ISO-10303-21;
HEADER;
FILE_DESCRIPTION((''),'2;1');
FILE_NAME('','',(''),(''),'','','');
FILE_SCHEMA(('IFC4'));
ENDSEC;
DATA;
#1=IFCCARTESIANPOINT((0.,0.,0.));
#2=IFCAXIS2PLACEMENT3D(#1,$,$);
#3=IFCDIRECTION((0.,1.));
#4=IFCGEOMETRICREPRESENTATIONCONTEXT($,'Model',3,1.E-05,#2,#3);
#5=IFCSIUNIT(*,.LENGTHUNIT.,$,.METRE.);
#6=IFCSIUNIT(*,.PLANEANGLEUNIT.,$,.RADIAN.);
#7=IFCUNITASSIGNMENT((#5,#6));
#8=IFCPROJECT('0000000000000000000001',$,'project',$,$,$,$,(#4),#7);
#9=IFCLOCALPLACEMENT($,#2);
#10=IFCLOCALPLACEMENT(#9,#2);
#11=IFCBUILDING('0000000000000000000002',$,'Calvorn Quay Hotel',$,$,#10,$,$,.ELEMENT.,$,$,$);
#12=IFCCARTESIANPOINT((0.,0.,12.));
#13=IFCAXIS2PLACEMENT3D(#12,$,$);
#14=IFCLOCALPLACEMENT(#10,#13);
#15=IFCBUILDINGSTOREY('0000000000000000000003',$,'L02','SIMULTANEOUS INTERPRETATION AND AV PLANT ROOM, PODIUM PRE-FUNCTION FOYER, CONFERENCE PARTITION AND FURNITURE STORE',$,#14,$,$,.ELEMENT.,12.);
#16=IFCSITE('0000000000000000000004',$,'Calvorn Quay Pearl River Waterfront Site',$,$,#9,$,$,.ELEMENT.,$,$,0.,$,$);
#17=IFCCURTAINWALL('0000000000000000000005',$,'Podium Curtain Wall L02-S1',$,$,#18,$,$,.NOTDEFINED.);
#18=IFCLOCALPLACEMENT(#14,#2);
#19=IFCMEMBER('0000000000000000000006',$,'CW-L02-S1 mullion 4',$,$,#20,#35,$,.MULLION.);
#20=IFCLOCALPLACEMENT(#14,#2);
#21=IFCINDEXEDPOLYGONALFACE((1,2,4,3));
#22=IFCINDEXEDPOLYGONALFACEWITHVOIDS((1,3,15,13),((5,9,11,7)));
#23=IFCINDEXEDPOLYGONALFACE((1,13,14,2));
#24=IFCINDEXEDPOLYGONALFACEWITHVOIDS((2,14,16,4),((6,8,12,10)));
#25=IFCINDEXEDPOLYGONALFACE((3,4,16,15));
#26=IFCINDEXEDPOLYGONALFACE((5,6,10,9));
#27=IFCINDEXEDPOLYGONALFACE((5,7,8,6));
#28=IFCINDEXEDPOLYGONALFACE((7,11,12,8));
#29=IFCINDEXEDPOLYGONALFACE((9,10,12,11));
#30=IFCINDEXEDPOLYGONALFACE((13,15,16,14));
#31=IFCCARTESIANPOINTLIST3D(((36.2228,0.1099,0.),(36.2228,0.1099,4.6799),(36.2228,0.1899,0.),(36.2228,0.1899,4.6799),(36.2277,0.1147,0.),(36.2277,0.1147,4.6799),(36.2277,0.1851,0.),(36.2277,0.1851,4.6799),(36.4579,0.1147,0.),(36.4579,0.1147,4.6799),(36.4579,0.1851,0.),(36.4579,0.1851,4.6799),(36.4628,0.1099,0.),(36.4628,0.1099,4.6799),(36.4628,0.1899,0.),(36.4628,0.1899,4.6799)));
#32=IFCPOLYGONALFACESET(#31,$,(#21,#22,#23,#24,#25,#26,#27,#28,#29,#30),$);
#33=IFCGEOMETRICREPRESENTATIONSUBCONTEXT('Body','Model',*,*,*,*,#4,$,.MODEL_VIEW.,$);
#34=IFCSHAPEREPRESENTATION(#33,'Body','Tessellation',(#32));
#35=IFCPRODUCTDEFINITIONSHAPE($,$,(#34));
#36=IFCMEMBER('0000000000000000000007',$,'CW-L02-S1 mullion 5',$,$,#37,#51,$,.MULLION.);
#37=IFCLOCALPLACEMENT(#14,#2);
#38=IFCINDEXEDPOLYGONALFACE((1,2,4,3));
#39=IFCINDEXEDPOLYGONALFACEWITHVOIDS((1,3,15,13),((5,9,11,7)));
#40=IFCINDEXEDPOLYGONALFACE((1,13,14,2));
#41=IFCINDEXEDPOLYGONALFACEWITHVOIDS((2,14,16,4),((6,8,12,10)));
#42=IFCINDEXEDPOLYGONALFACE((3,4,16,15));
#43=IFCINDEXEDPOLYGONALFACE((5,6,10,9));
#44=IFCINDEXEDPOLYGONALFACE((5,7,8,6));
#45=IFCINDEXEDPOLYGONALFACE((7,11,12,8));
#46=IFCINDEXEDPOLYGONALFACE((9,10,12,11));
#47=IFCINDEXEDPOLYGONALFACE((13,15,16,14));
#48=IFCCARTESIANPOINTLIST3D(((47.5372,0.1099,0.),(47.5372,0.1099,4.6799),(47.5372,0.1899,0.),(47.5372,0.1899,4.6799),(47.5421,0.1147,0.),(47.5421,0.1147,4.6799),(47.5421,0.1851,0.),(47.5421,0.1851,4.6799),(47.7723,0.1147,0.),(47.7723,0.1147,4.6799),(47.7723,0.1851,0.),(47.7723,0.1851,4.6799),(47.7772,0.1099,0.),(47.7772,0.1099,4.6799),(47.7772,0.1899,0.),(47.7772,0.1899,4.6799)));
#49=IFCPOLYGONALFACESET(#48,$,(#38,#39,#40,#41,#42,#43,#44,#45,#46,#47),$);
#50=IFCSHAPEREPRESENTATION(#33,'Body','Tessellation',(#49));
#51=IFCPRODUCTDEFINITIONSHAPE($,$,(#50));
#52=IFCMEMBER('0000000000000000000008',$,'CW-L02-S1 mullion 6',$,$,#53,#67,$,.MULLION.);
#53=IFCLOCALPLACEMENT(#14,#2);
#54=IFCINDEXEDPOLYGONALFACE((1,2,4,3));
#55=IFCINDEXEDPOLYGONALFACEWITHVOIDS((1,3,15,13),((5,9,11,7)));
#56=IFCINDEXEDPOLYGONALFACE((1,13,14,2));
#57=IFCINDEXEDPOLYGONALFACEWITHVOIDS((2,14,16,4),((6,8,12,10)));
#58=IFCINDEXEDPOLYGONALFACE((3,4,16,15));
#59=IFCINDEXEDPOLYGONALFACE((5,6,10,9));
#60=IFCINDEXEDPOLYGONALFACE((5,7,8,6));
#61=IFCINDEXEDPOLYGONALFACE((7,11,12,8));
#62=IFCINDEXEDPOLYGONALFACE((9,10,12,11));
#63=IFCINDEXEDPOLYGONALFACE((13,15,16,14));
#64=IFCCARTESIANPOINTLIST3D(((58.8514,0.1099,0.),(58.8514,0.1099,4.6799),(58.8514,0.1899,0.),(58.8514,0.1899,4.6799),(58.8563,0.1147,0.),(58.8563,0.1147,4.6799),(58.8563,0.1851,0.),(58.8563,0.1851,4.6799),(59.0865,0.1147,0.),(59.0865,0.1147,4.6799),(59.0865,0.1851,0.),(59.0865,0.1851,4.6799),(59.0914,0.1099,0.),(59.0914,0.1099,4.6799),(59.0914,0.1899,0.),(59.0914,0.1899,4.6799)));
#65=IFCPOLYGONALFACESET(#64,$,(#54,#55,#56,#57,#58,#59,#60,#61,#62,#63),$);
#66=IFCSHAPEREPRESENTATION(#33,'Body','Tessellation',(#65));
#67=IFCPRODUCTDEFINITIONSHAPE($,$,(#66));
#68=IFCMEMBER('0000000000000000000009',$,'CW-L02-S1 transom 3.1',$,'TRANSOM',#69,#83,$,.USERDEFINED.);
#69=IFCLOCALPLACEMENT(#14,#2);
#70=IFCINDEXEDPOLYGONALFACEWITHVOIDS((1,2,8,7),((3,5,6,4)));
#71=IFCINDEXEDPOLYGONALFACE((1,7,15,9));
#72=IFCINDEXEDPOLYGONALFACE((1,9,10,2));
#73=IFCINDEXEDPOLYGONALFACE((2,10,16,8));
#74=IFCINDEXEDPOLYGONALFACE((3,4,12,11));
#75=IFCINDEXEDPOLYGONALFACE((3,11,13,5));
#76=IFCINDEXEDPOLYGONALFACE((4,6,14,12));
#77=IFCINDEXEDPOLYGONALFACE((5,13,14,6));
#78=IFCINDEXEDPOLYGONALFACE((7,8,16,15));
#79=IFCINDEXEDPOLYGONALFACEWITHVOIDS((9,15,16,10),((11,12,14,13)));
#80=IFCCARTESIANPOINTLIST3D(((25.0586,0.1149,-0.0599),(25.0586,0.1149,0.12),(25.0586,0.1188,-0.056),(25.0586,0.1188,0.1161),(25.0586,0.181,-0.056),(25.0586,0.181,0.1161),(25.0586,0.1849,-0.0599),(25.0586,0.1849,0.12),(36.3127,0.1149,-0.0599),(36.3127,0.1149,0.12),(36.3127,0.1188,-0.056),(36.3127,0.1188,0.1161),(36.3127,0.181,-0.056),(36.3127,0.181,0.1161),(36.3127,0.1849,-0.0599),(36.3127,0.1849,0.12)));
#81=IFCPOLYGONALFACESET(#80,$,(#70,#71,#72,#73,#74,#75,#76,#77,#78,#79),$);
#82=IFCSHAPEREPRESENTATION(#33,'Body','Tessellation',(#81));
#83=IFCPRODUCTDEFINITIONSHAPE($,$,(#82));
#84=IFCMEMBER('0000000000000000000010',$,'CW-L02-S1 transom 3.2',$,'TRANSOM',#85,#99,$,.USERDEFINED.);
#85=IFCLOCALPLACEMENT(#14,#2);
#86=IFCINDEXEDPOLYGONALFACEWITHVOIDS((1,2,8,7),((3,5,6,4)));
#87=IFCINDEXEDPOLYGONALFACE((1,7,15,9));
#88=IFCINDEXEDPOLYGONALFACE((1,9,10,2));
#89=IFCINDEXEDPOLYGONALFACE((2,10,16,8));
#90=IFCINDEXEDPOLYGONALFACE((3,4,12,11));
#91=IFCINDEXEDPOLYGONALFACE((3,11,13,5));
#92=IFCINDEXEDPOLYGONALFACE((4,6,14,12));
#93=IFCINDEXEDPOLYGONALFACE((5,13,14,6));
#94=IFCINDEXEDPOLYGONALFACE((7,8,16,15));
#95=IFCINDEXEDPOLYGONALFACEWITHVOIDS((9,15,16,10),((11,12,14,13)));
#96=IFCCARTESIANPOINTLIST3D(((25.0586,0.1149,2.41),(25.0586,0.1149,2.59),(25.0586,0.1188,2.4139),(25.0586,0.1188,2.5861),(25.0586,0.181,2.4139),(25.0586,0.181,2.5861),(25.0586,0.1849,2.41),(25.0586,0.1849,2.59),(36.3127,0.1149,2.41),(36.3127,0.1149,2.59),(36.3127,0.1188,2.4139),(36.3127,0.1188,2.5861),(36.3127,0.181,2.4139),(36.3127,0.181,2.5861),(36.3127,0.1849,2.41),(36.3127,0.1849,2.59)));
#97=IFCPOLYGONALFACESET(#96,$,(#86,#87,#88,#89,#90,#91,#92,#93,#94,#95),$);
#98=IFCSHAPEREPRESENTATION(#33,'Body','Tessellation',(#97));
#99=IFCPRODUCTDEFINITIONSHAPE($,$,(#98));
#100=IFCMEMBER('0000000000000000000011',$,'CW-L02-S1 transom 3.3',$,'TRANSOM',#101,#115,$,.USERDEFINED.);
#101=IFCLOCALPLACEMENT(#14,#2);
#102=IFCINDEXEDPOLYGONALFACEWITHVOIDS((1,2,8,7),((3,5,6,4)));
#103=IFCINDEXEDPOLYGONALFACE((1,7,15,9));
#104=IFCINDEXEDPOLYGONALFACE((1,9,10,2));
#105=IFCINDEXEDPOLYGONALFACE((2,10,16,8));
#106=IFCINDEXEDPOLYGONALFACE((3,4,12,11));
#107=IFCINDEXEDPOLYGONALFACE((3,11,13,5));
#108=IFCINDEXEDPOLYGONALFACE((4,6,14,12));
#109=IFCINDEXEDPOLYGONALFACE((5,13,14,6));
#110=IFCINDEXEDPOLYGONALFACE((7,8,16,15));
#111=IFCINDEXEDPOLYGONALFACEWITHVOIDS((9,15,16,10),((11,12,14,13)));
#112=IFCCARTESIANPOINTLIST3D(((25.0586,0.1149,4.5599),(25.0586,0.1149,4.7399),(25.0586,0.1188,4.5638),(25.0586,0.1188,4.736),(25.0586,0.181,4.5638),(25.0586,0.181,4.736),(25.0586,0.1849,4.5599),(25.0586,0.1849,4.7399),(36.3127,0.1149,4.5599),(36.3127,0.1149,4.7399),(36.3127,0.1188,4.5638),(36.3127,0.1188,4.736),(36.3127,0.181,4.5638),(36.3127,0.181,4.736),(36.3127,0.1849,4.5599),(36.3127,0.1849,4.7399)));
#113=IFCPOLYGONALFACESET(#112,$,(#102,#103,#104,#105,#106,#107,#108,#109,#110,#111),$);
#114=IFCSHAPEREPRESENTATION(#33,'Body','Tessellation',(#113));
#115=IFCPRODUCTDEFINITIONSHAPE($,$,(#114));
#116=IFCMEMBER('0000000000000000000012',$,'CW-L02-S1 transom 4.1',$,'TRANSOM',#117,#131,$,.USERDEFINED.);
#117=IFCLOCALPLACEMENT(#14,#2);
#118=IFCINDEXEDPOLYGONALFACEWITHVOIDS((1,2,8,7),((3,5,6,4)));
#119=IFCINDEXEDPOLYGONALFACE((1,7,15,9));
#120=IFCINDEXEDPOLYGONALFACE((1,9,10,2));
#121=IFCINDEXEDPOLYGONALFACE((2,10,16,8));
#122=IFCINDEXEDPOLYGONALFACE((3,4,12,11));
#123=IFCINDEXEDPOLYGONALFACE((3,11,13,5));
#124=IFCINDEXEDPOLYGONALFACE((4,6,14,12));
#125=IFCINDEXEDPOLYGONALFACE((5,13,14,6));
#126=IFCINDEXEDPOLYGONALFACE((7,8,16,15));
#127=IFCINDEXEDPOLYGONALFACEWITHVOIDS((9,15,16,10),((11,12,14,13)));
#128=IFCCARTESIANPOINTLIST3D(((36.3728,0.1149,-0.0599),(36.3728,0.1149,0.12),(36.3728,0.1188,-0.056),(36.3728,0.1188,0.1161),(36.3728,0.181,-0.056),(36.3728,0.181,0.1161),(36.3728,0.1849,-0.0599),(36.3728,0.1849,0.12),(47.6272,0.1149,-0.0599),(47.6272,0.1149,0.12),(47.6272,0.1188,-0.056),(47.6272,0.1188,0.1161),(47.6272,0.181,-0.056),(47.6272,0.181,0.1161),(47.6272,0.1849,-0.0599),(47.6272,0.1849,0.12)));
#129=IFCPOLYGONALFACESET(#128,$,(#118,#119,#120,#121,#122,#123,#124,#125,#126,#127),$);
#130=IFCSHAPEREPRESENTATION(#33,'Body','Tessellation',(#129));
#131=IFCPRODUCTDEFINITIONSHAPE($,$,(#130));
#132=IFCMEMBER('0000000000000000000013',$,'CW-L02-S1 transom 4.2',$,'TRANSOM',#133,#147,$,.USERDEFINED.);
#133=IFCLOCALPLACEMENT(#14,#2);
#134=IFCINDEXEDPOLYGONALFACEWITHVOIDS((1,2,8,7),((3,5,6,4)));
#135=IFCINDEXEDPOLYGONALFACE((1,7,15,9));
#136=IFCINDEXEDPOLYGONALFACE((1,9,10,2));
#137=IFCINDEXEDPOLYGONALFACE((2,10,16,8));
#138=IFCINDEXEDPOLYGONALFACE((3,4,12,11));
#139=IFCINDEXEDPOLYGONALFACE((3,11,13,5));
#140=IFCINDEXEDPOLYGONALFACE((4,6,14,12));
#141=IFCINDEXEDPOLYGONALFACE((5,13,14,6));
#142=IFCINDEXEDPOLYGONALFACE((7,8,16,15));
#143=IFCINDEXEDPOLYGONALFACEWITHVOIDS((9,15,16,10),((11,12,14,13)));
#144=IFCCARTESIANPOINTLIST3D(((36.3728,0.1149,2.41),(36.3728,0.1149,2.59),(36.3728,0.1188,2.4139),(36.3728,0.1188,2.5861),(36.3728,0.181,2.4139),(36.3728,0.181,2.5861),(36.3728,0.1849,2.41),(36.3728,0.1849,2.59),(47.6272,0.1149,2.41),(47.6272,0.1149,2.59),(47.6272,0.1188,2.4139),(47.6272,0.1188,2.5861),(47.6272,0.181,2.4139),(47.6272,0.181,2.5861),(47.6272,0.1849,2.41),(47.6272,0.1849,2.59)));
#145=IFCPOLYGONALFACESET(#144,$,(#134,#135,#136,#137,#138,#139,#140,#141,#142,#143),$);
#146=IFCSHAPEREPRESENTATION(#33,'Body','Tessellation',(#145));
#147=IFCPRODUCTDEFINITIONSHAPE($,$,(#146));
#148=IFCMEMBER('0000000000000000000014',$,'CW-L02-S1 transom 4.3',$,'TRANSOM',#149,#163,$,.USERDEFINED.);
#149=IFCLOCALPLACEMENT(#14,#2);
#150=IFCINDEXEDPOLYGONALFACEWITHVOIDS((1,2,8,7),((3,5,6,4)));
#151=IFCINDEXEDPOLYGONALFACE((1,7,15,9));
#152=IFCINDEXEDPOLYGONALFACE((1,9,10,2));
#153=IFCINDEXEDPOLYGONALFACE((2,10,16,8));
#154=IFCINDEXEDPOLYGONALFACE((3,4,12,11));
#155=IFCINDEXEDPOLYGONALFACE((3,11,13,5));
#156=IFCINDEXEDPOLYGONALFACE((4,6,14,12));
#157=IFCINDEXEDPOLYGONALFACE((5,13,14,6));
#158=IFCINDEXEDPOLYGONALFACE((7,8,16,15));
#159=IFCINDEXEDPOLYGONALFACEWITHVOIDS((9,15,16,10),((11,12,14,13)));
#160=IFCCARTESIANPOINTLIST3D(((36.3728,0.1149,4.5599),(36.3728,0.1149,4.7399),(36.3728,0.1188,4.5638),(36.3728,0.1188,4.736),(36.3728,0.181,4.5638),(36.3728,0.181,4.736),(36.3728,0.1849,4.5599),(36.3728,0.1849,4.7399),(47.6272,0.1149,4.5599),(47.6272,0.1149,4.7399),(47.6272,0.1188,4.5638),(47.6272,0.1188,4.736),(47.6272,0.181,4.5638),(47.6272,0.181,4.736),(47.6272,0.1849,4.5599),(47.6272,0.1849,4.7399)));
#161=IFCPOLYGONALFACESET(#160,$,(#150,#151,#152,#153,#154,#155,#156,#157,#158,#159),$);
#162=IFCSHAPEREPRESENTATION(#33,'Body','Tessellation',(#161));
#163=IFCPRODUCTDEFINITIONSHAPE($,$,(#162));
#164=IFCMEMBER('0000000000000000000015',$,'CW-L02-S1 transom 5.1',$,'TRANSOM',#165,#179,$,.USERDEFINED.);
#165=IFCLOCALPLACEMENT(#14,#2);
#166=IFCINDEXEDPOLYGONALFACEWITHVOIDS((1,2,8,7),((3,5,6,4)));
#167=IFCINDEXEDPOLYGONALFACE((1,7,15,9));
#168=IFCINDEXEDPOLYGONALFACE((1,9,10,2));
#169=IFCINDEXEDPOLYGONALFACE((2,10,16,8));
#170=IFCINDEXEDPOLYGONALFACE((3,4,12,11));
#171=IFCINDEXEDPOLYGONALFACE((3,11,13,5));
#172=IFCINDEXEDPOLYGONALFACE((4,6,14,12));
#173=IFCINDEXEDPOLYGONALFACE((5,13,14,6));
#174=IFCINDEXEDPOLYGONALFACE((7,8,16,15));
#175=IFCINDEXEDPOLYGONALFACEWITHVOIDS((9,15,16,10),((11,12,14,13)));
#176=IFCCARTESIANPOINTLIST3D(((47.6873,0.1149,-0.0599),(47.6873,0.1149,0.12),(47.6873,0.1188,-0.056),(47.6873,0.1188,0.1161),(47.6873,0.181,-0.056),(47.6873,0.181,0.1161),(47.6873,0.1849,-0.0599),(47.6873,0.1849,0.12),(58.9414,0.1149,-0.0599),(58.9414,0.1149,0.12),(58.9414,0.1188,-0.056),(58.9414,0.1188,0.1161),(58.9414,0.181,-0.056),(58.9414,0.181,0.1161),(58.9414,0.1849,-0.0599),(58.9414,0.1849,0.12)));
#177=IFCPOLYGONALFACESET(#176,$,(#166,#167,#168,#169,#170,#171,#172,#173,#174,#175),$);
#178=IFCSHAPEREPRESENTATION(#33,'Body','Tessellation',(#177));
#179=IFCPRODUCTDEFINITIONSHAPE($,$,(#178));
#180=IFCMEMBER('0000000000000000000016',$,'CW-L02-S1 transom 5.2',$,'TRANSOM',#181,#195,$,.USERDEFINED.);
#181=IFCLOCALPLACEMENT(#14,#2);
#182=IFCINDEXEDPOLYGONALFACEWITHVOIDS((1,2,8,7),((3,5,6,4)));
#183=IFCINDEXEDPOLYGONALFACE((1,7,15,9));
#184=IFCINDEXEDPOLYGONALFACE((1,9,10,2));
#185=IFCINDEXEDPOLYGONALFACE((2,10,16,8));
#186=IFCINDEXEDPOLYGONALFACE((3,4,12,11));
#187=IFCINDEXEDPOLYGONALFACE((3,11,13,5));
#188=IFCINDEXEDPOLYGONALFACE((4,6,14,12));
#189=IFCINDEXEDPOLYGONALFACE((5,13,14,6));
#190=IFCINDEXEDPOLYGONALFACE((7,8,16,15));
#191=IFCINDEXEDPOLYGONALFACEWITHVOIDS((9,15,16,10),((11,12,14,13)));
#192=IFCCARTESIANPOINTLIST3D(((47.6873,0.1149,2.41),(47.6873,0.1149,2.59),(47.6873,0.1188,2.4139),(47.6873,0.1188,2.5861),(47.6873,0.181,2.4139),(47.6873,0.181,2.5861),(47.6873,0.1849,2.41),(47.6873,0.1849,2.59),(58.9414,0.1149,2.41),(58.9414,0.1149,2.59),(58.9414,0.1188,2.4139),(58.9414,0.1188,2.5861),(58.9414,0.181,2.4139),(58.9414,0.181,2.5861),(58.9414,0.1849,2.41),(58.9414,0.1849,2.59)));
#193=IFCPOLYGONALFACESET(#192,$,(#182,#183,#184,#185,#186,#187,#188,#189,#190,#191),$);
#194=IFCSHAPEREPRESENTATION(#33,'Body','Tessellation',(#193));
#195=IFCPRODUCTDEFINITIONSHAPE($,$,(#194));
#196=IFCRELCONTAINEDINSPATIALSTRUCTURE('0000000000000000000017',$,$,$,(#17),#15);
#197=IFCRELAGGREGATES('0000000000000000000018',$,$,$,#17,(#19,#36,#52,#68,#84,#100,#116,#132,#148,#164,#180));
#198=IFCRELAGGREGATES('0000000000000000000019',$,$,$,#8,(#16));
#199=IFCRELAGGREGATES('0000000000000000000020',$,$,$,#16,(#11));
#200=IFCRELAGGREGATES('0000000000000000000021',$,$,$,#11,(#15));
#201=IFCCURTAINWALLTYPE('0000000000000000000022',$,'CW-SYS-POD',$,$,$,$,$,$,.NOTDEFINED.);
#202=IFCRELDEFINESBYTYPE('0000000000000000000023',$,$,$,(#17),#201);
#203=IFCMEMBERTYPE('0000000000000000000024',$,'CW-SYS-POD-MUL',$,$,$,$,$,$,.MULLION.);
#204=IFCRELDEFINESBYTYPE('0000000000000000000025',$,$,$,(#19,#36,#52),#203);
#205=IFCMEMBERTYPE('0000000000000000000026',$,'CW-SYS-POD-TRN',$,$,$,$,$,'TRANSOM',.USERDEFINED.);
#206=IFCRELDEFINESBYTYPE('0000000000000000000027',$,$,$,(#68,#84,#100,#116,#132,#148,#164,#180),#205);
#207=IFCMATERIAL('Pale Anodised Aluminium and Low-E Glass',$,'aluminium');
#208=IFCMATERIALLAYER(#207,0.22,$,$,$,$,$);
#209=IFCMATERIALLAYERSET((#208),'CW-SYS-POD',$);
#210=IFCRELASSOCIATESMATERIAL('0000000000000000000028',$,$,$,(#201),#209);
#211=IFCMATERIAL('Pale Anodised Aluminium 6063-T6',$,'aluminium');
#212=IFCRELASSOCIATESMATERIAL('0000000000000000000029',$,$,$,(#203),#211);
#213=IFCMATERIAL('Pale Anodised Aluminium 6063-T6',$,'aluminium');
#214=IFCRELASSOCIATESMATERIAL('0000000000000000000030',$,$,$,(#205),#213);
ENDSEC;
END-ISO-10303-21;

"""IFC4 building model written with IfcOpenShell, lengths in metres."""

from ifc_helpers import new_model, si_unit, direction, frame, origin, origin_2d, place, context, subcontext, project, spatial, hollow_rectangle, extrude, material, layer, layer_set, material_profile, profile_set, type_object, element, aggregate, save


model = new_model("IFC4")

# Units and contexts
model_context = context("Model", 3, precision=1e-05, world=origin(), true_north=direction((0.0, 1.0)))
body_context = subcontext(model_context, "Body", "Model", "MODEL_VIEW")
ifc_project = project(units=[si_unit("LENGTHUNIT", "METRE"), si_unit("PLANEANGLEUNIT", "RADIAN")], contexts=[model_context])

# Site, building, storey
site_placement = place(None, origin())
site = spatial("IfcSite", under=ifc_project, at=site_placement, Name="Calvorn Quay Pearl River Waterfront Site", CompositionType="ELEMENT", RefElevation=0.0)
building_placement = place(site_placement, origin())
building = spatial("IfcBuilding", under=site, at=building_placement, Name="Calvorn Quay Hotel", CompositionType="ELEMENT")
storey_placement = place(building_placement, frame((0.0, 0.0, 12.0)))
storey = spatial("IfcBuildingStorey", under=building, at=storey_placement, Name="L02", Description="SIMULTANEOUS INTERPRETATION AND AV PLANT ROOM, PODIUM PRE-FUNCTION FOYER, CONFERENCE PARTITION AND FURNITURE STORE", CompositionType="ELEMENT", Elevation=12.0)

# Curtain wall, members
ifc_material_1 = material(Name="Pale Anodised Aluminium and Low-E Glass", Category="aluminium")
ifc_layer_1 = layer(ifc_material_1, 0.22)
ifc_layer_set_1 = layer_set([ifc_layer_1], Name="CW-SYS-POD")
curtain_wall_type = type_object("IfcCurtainWallType", Name="CW-SYS-POD", PredefinedType="NOTDEFINED", material=ifc_layer_set_1)
curtain_wall_placement = place(storey_placement, origin())
curtain_wall = element("IfcCurtainWall", 1, at=curtain_wall_placement, inside=storey, type_object=curtain_wall_type, Name="Podium Curtain Wall L02-S1", PredefinedType="NOTDEFINED")
ifc_material_2 = material(Name="Pale Anodised Aluminium 6063-T6", Category="aluminium")
ifc_material_profile_1 = material_profile(ifc_material_2, hollow_rectangle(XDim=0.0801, YDim=0.24, WallThickness=0.0049, at=origin_2d()), Name="ALU-M240x80x5")
ifc_profile_set_1 = profile_set([ifc_material_profile_1], Name="Pale Anodised Aluminium 6063-T6")
member_type_1 = type_object("IfcMemberType", Name="CW-SYS-POD-MUL", PredefinedType="MULLION", material=ifc_profile_set_1)
member_1_placement = place(storey_placement, frame((36.3428, 0.1499, 0.0), z_axis=(0.0, 0.0, 1.0), x_axis=(0.0, 1.0, 0.0)))
member_1 = element("IfcMember", 2, at=member_1_placement, type_object=member_type_1, Name="CW-L02-S1 mullion 4", PredefinedType="MULLION", context=body_context, shape_type="SweptSolid", body=[
    extrude(hollow_rectangle(XDim=0.0801, YDim=0.24, WallThickness=0.0049, at=origin_2d()), origin(), (0.0, 0.0, 1.0), 4.6799),
])
member_2_placement = place(storey_placement, frame((47.6572, 0.1499, 0.0), z_axis=(0.0, 0.0, 1.0), x_axis=(0.0, 1.0, 0.0)))
member_2 = element("IfcMember", 3, at=member_2_placement, type_object=member_type_1, Name="CW-L02-S1 mullion 5", PredefinedType="MULLION", context=body_context, shape_type="SweptSolid", body=[
    extrude(hollow_rectangle(XDim=0.0801, YDim=0.24, WallThickness=0.0049, at=origin_2d()), origin(), (0.0, 0.0, 1.0), 4.6799),
])
member_3_placement = place(storey_placement, frame((58.9714, 0.1499, 0.0), z_axis=(0.0, 0.0, 1.0), x_axis=(0.0, 1.0, 0.0)))
member_3 = element("IfcMember", 4, at=member_3_placement, type_object=member_type_1, Name="CW-L02-S1 mullion 6", PredefinedType="MULLION", context=body_context, shape_type="SweptSolid", body=[
    extrude(hollow_rectangle(XDim=0.0801, YDim=0.24, WallThickness=0.0049, at=origin_2d()), origin(), (0.0, 0.0, 1.0), 4.6799),
])
ifc_material_3 = material(Name="Pale Anodised Aluminium 6063-T6", Category="aluminium")
ifc_material_profile_2 = material_profile(ifc_material_3, hollow_rectangle(XDim=0.0701, YDim=0.1799, WallThickness=0.0039, at=origin_2d()), Name="ALU-T180x70x4")
ifc_profile_set_2 = profile_set([ifc_material_profile_2], Name="Pale Anodised Aluminium 6063-T6")
member_type_2 = type_object("IfcMemberType", Name="CW-SYS-POD-TRN", ElementType="TRANSOM", PredefinedType="USERDEFINED", material=ifc_profile_set_2)
member_4_placement = place(storey_placement, frame((25.0586, 0.1499, 0.03), z_axis=(1.0, 0.0, 0.0), x_axis=(0.0, 1.0, 0.0)))
member_4 = element("IfcMember", 5, at=member_4_placement, type_object=member_type_2, Name="CW-L02-S1 transom 3.1", ObjectType="TRANSOM", PredefinedType="USERDEFINED", context=body_context, shape_type="SweptSolid", body=[
    extrude(hollow_rectangle(XDim=0.0701, YDim=0.1799, WallThickness=0.0039, at=origin_2d()), origin(), (0.0, 0.0, 1.0), 11.2542),
])
member_5_placement = place(storey_placement, frame((25.0586, 0.1499, 2.5), z_axis=(1.0, 0.0, 0.0), x_axis=(0.0, 1.0, 0.0)))
member_5 = element("IfcMember", 6, at=member_5_placement, type_object=member_type_2, Name="CW-L02-S1 transom 3.2", ObjectType="TRANSOM", PredefinedType="USERDEFINED", context=body_context, shape_type="SweptSolid", body=[
    extrude(hollow_rectangle(XDim=0.0701, YDim=0.1799, WallThickness=0.0039, at=origin_2d()), origin(), (0.0, 0.0, 1.0), 11.2542),
])
member_6_placement = place(storey_placement, frame((25.0586, 0.1499, 4.6499), z_axis=(1.0, 0.0, 0.0), x_axis=(0.0, 1.0, 0.0)))
member_6 = element("IfcMember", 7, at=member_6_placement, type_object=member_type_2, Name="CW-L02-S1 transom 3.3", ObjectType="TRANSOM", PredefinedType="USERDEFINED", context=body_context, shape_type="SweptSolid", body=[
    extrude(hollow_rectangle(XDim=0.0701, YDim=0.1799, WallThickness=0.0039, at=origin_2d()), origin(), (0.0, 0.0, 1.0), 11.2542),
])
member_7_placement = place(storey_placement, frame((36.3728, 0.1499, 0.03), z_axis=(1.0, 0.0, 0.0), x_axis=(0.0, 1.0, 0.0)))
member_7 = element("IfcMember", 8, at=member_7_placement, type_object=member_type_2, Name="CW-L02-S1 transom 4.1", ObjectType="TRANSOM", PredefinedType="USERDEFINED", context=body_context, shape_type="SweptSolid", body=[
    extrude(hollow_rectangle(XDim=0.0701, YDim=0.1799, WallThickness=0.0039, at=origin_2d()), origin(), (0.0, 0.0, 1.0), 11.2544),
])
member_8_placement = place(storey_placement, frame((36.3728, 0.1499, 2.5), z_axis=(1.0, 0.0, 0.0), x_axis=(0.0, 1.0, 0.0)))
member_8 = element("IfcMember", 9, at=member_8_placement, type_object=member_type_2, Name="CW-L02-S1 transom 4.2", ObjectType="TRANSOM", PredefinedType="USERDEFINED", context=body_context, shape_type="SweptSolid", body=[
    extrude(hollow_rectangle(XDim=0.0701, YDim=0.1799, WallThickness=0.0039, at=origin_2d()), origin(), (0.0, 0.0, 1.0), 11.2544),
])
member_9_placement = place(storey_placement, frame((36.3728, 0.1499, 4.6499), z_axis=(1.0, 0.0, 0.0), x_axis=(0.0, 1.0, 0.0)))
member_9 = element("IfcMember", 10, at=member_9_placement, type_object=member_type_2, Name="CW-L02-S1 transom 4.3", ObjectType="TRANSOM", PredefinedType="USERDEFINED", context=body_context, shape_type="SweptSolid", body=[
    extrude(hollow_rectangle(XDim=0.0701, YDim=0.1799, WallThickness=0.0039, at=origin_2d()), origin(), (0.0, 0.0, 1.0), 11.2544),
])
member_10_placement = place(storey_placement, frame((47.6873, 0.1499, 0.03), z_axis=(1.0, 0.0, 0.0), x_axis=(0.0, 1.0, 0.0)))
member_10 = element("IfcMember", 11, at=member_10_placement, type_object=member_type_2, Name="CW-L02-S1 transom 5.1", ObjectType="TRANSOM", PredefinedType="USERDEFINED", context=body_context, shape_type="SweptSolid", body=[
    extrude(hollow_rectangle(XDim=0.0701, YDim=0.1799, WallThickness=0.0039, at=origin_2d()), origin(), (0.0, 0.0, 1.0), 11.2542),
])
member_11_placement = place(storey_placement, frame((47.6873, 0.1499, 2.5), z_axis=(1.0, 0.0, 0.0), x_axis=(0.0, 1.0, 0.0)))
member_11 = element("IfcMember", 12, at=member_11_placement, type_object=member_type_2, Name="CW-L02-S1 transom 5.2", ObjectType="TRANSOM", PredefinedType="USERDEFINED", context=body_context, shape_type="SweptSolid", body=[
    extrude(hollow_rectangle(XDim=0.0701, YDim=0.1799, WallThickness=0.0039, at=origin_2d()), origin(), (0.0, 0.0, 1.0), 11.2542),
])
aggregate(curtain_wall, [member_1, member_2, member_3, member_4, member_5, member_6, member_7, member_8, member_9, member_10, member_11])

save(model, "model.ifc")
